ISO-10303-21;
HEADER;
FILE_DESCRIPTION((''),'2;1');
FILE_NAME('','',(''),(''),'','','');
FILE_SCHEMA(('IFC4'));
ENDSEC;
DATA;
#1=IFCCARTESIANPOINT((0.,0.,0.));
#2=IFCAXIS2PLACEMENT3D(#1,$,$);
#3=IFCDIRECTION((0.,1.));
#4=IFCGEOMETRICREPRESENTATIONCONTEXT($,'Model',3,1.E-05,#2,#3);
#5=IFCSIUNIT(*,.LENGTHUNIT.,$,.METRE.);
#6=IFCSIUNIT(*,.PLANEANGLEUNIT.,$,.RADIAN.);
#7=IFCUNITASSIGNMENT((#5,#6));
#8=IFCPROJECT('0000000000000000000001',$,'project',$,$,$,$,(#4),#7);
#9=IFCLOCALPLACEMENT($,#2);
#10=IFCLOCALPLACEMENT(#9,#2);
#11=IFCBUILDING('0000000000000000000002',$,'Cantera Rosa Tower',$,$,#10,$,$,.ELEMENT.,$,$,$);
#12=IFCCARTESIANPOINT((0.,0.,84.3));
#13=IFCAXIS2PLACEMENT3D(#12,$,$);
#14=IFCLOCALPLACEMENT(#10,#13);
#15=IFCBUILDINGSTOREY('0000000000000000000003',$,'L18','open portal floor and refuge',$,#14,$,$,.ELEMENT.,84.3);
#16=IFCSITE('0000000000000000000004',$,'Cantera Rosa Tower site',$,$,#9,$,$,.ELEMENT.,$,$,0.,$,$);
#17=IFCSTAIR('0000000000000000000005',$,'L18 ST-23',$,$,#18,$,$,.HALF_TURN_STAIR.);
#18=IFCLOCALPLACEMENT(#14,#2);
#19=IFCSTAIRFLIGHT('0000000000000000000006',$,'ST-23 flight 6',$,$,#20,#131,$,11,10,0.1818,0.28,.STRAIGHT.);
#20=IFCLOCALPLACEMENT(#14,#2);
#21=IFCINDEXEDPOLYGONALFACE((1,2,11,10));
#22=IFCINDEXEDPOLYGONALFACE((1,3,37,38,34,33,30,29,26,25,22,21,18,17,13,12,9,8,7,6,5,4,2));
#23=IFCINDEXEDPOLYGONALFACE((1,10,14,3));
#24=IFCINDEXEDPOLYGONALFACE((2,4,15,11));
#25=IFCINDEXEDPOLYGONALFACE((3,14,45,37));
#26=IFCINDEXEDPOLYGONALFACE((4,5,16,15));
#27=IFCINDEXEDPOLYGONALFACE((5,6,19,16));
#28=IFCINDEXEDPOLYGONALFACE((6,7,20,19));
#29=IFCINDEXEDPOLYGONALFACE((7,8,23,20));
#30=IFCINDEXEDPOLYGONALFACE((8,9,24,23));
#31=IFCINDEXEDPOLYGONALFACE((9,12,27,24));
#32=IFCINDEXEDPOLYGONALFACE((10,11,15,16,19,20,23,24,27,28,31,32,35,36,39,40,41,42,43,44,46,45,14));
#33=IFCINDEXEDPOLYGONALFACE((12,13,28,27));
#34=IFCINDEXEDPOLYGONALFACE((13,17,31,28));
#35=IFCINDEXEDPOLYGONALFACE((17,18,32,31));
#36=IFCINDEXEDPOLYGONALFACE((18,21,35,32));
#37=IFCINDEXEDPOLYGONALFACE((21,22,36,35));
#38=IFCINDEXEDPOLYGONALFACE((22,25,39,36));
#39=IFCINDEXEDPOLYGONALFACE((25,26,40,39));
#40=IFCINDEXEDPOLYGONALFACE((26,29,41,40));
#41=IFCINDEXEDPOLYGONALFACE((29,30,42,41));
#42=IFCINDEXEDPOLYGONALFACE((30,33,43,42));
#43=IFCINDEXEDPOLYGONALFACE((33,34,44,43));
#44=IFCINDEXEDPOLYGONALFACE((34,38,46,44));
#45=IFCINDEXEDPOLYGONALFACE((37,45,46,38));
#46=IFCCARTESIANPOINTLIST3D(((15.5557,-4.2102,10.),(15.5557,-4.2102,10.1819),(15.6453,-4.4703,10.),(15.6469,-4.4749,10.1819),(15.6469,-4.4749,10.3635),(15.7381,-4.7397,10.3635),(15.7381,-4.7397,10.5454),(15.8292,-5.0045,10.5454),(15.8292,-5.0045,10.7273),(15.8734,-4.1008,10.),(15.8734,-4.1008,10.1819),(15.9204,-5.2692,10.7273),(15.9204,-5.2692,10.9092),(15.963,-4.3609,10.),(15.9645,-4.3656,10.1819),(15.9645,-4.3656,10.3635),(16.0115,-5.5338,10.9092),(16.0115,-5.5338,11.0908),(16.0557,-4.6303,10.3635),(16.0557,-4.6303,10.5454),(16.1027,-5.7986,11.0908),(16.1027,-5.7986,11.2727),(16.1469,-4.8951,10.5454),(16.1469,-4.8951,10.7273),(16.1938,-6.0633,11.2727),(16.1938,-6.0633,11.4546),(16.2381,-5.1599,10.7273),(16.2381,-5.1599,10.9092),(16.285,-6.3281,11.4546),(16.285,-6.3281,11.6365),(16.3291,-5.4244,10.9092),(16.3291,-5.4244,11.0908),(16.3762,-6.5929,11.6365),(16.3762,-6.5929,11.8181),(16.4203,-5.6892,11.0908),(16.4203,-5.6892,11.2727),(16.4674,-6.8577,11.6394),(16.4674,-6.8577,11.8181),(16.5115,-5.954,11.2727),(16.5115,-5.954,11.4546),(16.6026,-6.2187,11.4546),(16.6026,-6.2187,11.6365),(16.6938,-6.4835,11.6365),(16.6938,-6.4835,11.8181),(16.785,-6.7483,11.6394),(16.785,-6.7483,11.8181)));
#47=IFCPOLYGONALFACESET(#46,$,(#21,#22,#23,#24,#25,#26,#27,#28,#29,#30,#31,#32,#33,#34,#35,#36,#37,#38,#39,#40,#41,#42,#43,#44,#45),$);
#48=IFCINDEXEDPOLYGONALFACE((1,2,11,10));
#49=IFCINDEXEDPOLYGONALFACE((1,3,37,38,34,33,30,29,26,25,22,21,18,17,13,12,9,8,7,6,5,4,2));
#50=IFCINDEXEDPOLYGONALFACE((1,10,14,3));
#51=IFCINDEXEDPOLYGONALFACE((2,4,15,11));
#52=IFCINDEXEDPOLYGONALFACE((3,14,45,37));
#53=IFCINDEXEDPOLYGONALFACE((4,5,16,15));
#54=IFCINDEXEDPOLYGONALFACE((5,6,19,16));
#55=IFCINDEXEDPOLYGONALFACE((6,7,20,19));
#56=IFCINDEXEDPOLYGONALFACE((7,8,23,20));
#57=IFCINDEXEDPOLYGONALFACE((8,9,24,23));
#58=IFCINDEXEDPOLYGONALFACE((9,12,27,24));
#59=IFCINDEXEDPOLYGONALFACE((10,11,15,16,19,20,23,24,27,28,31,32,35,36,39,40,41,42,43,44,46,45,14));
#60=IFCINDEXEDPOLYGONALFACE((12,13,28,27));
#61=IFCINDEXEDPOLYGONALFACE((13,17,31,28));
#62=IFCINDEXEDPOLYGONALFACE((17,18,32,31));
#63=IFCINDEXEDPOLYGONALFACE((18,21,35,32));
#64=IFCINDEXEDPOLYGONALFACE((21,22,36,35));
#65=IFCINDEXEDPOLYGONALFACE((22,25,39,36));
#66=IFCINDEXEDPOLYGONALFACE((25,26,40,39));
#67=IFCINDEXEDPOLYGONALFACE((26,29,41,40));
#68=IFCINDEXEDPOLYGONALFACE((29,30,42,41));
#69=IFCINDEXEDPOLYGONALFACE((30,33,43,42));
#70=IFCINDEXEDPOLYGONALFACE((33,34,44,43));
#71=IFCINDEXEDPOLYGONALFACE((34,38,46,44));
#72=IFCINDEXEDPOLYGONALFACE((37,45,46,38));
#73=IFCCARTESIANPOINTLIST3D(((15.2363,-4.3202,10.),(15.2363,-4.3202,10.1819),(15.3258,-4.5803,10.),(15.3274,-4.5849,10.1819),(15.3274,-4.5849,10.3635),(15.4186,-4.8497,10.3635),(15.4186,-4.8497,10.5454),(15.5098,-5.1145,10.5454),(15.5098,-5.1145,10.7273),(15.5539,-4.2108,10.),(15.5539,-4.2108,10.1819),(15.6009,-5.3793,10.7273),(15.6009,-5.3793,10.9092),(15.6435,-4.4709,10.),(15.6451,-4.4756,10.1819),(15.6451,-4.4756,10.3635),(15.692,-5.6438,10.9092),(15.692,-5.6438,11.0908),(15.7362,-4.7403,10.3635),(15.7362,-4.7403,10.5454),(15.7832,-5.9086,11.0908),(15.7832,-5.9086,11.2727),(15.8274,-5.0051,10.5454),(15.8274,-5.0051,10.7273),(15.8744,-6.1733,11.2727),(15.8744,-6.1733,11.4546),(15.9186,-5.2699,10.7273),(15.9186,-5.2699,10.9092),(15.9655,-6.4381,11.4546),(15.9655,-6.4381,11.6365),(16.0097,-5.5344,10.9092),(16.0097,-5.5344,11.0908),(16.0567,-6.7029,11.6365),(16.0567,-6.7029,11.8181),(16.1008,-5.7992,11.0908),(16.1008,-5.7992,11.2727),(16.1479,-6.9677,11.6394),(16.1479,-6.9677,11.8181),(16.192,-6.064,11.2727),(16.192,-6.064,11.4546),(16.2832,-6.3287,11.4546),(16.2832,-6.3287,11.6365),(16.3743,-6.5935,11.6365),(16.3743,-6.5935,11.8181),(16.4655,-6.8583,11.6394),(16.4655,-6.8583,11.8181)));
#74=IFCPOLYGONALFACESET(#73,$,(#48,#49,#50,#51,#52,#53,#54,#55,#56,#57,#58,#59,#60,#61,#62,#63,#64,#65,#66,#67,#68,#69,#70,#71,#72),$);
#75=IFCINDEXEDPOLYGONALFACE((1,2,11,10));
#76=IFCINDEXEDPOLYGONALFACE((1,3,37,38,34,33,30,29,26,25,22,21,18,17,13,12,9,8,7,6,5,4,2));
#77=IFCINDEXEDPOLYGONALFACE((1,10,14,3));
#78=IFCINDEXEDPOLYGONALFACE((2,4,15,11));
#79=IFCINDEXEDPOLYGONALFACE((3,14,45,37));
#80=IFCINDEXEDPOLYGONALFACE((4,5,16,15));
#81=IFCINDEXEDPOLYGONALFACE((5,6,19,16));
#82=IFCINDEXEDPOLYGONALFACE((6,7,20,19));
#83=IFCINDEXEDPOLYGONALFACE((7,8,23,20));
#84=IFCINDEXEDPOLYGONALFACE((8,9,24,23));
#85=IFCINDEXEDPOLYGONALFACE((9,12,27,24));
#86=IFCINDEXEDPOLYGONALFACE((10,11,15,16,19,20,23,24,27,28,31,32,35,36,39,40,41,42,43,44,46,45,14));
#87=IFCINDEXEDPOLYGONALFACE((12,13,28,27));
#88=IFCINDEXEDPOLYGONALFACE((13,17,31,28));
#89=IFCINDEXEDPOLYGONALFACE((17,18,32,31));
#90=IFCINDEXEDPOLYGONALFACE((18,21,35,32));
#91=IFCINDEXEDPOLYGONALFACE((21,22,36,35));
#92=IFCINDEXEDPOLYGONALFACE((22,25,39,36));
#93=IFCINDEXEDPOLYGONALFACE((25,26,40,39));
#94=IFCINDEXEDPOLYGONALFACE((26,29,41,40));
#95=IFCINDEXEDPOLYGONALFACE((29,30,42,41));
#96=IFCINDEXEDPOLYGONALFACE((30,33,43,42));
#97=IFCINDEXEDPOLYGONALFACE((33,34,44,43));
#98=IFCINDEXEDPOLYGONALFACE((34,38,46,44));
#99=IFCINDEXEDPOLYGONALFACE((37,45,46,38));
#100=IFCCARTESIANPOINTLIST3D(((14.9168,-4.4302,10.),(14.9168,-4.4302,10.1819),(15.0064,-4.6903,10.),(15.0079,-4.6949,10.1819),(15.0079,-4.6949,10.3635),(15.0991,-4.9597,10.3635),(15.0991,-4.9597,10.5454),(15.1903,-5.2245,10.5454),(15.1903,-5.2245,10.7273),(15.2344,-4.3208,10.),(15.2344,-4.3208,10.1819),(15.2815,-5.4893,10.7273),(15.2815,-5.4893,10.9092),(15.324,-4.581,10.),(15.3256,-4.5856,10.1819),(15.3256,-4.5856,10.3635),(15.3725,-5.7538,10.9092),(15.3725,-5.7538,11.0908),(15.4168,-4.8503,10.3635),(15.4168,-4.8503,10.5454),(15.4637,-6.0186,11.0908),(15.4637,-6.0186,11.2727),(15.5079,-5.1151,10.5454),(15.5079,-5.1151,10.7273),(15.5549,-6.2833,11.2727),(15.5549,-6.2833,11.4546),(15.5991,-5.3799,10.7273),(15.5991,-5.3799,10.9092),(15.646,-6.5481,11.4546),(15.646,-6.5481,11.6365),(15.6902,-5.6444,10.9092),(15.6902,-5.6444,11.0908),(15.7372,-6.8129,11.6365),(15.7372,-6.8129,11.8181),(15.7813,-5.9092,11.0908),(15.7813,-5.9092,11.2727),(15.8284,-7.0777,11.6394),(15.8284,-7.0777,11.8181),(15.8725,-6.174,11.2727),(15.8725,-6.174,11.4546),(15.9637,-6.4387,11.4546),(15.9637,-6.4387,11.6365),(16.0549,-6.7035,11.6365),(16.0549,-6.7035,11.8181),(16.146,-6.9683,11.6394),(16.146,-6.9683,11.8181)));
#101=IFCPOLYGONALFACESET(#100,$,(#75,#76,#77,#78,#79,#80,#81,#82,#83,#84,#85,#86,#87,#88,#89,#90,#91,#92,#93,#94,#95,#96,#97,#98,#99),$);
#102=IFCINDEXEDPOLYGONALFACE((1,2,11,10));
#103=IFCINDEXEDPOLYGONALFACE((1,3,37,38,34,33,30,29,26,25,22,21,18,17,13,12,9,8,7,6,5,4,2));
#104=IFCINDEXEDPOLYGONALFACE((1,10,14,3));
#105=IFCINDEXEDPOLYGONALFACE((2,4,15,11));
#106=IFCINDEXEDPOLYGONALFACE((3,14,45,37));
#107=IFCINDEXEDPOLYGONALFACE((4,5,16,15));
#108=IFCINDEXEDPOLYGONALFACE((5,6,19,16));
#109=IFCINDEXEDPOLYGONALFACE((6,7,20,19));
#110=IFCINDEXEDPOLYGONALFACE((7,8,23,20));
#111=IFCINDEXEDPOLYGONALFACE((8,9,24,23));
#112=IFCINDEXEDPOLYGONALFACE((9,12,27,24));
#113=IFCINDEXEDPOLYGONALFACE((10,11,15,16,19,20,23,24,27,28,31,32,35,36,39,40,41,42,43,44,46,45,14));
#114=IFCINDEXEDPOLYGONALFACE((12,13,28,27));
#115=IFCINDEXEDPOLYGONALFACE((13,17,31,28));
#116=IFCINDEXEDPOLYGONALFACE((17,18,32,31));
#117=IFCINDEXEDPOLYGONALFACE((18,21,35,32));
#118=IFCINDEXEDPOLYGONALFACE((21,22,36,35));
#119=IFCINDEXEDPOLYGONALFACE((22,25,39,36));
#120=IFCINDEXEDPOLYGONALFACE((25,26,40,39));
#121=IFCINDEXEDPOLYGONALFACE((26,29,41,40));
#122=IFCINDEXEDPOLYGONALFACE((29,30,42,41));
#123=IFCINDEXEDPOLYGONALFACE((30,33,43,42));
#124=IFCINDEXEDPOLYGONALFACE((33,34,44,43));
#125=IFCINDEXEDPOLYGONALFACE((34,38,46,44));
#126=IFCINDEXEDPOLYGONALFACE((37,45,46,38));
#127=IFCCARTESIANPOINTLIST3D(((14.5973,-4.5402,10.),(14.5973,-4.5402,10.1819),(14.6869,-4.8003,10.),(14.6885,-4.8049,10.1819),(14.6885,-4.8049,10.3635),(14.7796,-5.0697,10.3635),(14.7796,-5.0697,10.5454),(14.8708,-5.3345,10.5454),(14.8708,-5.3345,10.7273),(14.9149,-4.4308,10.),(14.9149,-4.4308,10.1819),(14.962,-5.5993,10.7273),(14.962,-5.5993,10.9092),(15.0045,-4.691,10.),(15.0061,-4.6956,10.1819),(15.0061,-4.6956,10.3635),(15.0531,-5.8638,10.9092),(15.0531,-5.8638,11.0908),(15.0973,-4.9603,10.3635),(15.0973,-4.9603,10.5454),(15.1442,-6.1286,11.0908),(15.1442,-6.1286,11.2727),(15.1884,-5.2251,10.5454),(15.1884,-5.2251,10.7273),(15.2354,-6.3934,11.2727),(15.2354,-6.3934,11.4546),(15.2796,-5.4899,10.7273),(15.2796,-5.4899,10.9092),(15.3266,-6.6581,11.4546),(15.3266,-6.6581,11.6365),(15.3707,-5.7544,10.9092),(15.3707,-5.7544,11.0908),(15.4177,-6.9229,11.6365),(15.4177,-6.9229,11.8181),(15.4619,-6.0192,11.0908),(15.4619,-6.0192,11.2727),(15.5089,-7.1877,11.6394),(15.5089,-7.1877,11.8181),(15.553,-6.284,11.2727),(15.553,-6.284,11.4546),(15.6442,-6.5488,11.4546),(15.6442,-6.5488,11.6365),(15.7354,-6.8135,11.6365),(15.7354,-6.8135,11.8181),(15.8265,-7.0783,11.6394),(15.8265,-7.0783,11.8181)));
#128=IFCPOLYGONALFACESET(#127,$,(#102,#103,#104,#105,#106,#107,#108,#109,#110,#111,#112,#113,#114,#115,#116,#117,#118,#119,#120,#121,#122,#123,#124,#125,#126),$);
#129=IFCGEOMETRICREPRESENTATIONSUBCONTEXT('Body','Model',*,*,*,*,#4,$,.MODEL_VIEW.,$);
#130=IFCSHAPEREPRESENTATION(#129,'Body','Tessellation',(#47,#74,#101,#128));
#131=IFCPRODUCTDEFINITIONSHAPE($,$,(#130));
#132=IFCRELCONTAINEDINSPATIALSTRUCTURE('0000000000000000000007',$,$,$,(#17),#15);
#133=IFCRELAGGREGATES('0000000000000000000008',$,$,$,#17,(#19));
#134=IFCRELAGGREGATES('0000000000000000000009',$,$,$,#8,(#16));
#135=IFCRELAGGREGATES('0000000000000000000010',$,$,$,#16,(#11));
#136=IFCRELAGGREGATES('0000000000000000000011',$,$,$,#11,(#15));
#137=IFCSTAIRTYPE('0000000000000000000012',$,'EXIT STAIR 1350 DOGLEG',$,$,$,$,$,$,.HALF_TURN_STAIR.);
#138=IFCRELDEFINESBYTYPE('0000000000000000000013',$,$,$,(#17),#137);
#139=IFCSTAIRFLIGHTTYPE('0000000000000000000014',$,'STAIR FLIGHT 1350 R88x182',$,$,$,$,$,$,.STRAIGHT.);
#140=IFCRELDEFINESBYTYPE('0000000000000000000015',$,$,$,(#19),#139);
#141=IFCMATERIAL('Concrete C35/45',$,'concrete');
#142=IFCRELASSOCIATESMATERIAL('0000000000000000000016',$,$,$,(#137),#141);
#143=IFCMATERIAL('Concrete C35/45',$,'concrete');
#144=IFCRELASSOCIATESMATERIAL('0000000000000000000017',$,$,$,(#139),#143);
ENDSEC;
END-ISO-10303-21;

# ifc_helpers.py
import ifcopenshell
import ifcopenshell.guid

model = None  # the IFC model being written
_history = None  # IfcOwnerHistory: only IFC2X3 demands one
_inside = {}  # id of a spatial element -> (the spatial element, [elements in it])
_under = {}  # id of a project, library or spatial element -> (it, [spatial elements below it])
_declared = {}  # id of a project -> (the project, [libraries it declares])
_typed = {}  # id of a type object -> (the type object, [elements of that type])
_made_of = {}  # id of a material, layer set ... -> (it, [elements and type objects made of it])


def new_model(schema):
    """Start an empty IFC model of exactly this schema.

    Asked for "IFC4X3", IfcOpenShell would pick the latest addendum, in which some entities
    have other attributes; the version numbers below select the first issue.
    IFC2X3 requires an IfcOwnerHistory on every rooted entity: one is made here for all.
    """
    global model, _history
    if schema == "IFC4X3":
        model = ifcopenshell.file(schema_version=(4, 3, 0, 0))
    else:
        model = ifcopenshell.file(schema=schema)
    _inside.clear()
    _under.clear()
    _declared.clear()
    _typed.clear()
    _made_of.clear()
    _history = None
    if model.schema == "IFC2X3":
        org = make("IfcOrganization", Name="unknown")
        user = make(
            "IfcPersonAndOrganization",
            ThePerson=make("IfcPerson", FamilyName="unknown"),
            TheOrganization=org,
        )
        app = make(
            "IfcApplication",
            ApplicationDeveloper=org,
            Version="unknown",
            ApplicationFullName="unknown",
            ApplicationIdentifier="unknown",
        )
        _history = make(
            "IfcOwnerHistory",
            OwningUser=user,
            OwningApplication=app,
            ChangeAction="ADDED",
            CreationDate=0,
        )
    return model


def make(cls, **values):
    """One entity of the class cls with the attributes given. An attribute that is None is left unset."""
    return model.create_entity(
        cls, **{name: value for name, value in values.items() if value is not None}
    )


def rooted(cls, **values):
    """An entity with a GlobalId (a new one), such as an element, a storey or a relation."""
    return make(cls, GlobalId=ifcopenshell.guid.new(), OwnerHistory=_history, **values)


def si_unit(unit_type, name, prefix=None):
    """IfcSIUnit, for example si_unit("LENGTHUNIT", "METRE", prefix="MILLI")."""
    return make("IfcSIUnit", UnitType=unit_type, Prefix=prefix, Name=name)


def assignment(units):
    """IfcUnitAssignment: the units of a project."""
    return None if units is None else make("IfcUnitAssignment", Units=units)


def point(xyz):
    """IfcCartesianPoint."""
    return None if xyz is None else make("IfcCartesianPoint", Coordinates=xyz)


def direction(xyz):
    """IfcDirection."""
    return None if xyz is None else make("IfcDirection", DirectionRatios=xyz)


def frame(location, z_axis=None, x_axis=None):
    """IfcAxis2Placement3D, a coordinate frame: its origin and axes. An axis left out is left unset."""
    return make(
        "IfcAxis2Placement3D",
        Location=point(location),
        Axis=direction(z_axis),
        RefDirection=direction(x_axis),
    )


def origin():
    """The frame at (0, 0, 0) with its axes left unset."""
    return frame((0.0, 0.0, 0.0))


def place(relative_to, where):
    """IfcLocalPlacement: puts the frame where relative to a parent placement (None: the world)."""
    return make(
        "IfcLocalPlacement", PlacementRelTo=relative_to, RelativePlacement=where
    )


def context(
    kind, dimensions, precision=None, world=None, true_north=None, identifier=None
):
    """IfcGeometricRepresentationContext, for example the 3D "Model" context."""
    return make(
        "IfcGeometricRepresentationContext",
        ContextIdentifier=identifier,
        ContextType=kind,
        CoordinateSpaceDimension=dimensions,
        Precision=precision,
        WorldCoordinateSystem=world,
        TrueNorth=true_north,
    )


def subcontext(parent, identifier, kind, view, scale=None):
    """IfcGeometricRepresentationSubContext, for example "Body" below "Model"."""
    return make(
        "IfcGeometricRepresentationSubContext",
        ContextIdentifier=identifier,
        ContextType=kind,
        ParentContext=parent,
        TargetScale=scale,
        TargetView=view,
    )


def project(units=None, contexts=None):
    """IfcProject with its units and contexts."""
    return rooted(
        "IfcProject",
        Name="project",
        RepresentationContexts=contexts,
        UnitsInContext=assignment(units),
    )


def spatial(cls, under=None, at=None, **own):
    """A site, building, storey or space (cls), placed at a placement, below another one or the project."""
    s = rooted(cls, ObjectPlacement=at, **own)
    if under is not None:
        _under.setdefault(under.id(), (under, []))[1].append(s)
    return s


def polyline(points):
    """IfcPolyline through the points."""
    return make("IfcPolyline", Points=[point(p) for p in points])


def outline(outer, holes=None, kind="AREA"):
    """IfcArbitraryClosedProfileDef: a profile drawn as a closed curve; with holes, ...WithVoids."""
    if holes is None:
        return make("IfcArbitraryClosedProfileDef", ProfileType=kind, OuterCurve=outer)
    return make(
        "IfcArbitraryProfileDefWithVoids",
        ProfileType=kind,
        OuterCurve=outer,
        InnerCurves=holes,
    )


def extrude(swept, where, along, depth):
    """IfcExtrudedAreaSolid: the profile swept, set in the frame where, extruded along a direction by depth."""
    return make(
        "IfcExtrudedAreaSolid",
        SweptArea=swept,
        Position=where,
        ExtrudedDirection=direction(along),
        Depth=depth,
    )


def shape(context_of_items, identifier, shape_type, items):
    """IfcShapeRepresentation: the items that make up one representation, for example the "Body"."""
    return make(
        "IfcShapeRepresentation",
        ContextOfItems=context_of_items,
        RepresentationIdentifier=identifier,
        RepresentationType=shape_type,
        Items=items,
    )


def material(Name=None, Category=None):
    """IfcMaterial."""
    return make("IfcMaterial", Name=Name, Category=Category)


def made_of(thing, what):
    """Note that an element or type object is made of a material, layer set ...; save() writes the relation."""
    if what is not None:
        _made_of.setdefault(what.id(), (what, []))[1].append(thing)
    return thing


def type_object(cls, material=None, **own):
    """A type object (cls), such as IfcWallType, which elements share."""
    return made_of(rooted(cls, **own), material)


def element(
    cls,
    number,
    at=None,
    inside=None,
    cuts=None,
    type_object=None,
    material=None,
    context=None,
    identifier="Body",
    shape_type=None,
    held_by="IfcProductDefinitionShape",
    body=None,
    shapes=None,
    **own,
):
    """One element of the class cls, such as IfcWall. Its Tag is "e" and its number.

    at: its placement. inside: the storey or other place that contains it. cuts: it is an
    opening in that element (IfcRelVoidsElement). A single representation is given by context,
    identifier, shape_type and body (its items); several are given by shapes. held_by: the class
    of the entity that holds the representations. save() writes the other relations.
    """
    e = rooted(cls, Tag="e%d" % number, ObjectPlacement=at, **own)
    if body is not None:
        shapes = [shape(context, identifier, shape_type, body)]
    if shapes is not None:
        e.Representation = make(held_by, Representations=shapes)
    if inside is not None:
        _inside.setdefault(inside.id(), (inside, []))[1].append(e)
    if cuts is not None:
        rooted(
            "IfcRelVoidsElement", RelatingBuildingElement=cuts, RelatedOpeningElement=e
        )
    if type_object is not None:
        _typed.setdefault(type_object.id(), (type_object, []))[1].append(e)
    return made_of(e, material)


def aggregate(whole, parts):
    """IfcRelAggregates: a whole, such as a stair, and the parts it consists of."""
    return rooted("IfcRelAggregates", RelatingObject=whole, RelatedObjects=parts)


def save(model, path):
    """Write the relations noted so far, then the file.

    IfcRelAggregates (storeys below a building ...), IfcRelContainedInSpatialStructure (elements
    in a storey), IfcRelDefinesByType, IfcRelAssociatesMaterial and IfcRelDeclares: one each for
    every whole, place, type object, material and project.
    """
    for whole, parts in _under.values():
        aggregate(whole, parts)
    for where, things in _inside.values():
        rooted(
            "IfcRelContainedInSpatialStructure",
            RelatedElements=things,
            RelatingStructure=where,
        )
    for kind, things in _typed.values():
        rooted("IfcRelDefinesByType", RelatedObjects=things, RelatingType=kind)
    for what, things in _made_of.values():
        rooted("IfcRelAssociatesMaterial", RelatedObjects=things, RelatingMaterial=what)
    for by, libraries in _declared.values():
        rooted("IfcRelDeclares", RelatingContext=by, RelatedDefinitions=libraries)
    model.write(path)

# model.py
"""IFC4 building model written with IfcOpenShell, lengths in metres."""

from ifc_helpers import new_model, si_unit, direction, frame, origin, place, context, subcontext, project, spatial, polyline, outline, extrude, material, type_object, element, aggregate, save


model = new_model("IFC4")

# Units and contexts
model_context = context("Model", 3, precision=1e-05, world=origin(), true_north=direction((0.0, 1.0)))
body_context = subcontext(model_context, "Body", "Model", "MODEL_VIEW")
ifc_project = project(units=[si_unit("LENGTHUNIT", "METRE"), si_unit("PLANEANGLEUNIT", "RADIAN")], contexts=[model_context])

# Site, building, storey
site_placement = place(None, origin())
site = spatial("IfcSite", under=ifc_project, at=site_placement, Name="Cantera Rosa Tower site", CompositionType="ELEMENT", RefElevation=0.0)
building_placement = place(site_placement, origin())
building = spatial("IfcBuilding", under=site, at=building_placement, Name="Cantera Rosa Tower", CompositionType="ELEMENT")
storey_placement = place(building_placement, frame((0.0, 0.0, 84.3)))
storey = spatial("IfcBuildingStorey", under=building, at=storey_placement, Name="L18", Description="open portal floor and refuge", CompositionType="ELEMENT", Elevation=84.3)

# Shared definitions
ifc_material_1 = material(Name="Concrete C35/45", Category="concrete")
stair_type = type_object("IfcStairType", Name="EXIT STAIR 1350 DOGLEG", PredefinedType="HALF_TURN_STAIR", material=ifc_material_1)

# Stair, stair flight
stair_1_placement = place(storey_placement, origin())
stair_1 = element("IfcStair", 1, at=stair_1_placement, inside=storey, type_object=stair_type, Name="L18 ST-23", PredefinedType="HALF_TURN_STAIR")
ifc_material_2 = material(Name="Concrete C35/45", Category="concrete")
stair_flight_type = type_object("IfcStairFlightType", Name="STAIR FLIGHT 1350 R88x182", PredefinedType="STRAIGHT", material=ifc_material_2)
stair_flight_1_placement = place(storey_placement, frame((15.2351, -4.3206, 10.0), z_axis=(0.0, 0.0, 1.0), x_axis=(0.325568, -0.945519, 0.0)))
stair_flight_1 = element("IfcStairFlight", 2, at=stair_flight_1_placement, type_object=stair_flight_type, Name="ST-23 flight 6", NumberOfRisers=11, NumberOfTreads=10, PredefinedType="STRAIGHT", RiserHeight=0.1818, TreadLength=0.28, context=body_context, shape_type="SweptSolid", body=[
    extrude(outline(polyline([(0.0, 0.0), (0.0, 0.1819), (0.28, 0.1819), (0.28, 0.3635), (0.5601, 0.3635), (0.5601, 0.5454), (0.8401, 0.5454), (0.8401, 0.7273), (1.1201, 0.7273), (1.1201, 0.9092), (1.3999, 0.9092), (1.3999, 1.0908), (1.6799, 1.0908), (1.6799, 1.2727), (1.96, 1.2727), (1.96, 1.4546), (2.24, 1.4546), (2.24, 1.6365), (2.52, 1.6365), (2.52, 1.8181), (2.8, 1.8181), (2.8, 2.0), (2.8, 1.6394), (0.2751, 0.0), (0.0, 0.0)])), frame((0.0, 0.675, 0.0), z_axis=(0.0, -1.0, 0.0), x_axis=(1.0, 0.0, 0.0)), (0.0, 0.0, 1.0), 0.3359),
    extrude(outline(polyline([(0.0, 0.0), (0.0, 0.1819), (0.28, 0.1819), (0.28, 0.3635), (0.5601, 0.3635), (0.5601, 0.5454), (0.8401, 0.5454), (0.8401, 0.7273), (1.1201, 0.7273), (1.1201, 0.9092), (1.3999, 0.9092), (1.3999, 1.0908), (1.6799, 1.0908), (1.6799, 1.2727), (1.96, 1.2727), (1.96, 1.4546), (2.24, 1.4546), (2.24, 1.6365), (2.52, 1.6365), (2.52, 1.8181), (2.8, 1.8181), (2.8, 2.0), (2.8, 1.6394), (0.2751, 0.0), (0.0, 0.0)])), frame((0.0, 0.3372, 0.0), z_axis=(0.0, -1.0, 0.0), x_axis=(1.0, 0.0, 0.0)), (0.0, 0.0, 1.0), 0.3359),
    extrude(outline(polyline([(0.0, 0.0), (0.0, 0.1819), (0.28, 0.1819), (0.28, 0.3635), (0.5601, 0.3635), (0.5601, 0.5454), (0.8401, 0.5454), (0.8401, 0.7273), (1.1201, 0.7273), (1.1201, 0.9092), (1.3999, 0.9092), (1.3999, 1.0908), (1.6799, 1.0908), (1.6799, 1.2727), (1.96, 1.2727), (1.96, 1.4546), (2.24, 1.4546), (2.24, 1.6365), (2.52, 1.6365), (2.52, 1.8181), (2.8, 1.8181), (2.8, 2.0), (2.8, 1.6394), (0.2751, 0.0), (0.0, 0.0)])), frame((0.0, -0.0007, 0.0), z_axis=(0.0, -1.0, 0.0), x_axis=(1.0, 0.0, 0.0)), (0.0, 0.0, 1.0), 0.3359),
    extrude(outline(polyline([(0.0, 0.0), (0.0, 0.1819), (0.28, 0.1819), (0.28, 0.3635), (0.5601, 0.3635), (0.5601, 0.5454), (0.8401, 0.5454), (0.8401, 0.7273), (1.1201, 0.7273), (1.1201, 0.9092), (1.3999, 0.9092), (1.3999, 1.0908), (1.6799, 1.0908), (1.6799, 1.2727), (1.96, 1.2727), (1.96, 1.4546), (2.24, 1.4546), (2.24, 1.6365), (2.52, 1.6365), (2.52, 1.8181), (2.8, 1.8181), (2.8, 2.0), (2.8, 1.6394), (0.2751, 0.0), (0.0, 0.0)])), frame((0.0, -0.3386, 0.0), z_axis=(0.0, -1.0, 0.0), x_axis=(1.0, 0.0, 0.0)), (0.0, 0.0, 1.0), 0.3359),
])
aggregate(stair_1, [stair_flight_1])

save(model, "model.ifc")
